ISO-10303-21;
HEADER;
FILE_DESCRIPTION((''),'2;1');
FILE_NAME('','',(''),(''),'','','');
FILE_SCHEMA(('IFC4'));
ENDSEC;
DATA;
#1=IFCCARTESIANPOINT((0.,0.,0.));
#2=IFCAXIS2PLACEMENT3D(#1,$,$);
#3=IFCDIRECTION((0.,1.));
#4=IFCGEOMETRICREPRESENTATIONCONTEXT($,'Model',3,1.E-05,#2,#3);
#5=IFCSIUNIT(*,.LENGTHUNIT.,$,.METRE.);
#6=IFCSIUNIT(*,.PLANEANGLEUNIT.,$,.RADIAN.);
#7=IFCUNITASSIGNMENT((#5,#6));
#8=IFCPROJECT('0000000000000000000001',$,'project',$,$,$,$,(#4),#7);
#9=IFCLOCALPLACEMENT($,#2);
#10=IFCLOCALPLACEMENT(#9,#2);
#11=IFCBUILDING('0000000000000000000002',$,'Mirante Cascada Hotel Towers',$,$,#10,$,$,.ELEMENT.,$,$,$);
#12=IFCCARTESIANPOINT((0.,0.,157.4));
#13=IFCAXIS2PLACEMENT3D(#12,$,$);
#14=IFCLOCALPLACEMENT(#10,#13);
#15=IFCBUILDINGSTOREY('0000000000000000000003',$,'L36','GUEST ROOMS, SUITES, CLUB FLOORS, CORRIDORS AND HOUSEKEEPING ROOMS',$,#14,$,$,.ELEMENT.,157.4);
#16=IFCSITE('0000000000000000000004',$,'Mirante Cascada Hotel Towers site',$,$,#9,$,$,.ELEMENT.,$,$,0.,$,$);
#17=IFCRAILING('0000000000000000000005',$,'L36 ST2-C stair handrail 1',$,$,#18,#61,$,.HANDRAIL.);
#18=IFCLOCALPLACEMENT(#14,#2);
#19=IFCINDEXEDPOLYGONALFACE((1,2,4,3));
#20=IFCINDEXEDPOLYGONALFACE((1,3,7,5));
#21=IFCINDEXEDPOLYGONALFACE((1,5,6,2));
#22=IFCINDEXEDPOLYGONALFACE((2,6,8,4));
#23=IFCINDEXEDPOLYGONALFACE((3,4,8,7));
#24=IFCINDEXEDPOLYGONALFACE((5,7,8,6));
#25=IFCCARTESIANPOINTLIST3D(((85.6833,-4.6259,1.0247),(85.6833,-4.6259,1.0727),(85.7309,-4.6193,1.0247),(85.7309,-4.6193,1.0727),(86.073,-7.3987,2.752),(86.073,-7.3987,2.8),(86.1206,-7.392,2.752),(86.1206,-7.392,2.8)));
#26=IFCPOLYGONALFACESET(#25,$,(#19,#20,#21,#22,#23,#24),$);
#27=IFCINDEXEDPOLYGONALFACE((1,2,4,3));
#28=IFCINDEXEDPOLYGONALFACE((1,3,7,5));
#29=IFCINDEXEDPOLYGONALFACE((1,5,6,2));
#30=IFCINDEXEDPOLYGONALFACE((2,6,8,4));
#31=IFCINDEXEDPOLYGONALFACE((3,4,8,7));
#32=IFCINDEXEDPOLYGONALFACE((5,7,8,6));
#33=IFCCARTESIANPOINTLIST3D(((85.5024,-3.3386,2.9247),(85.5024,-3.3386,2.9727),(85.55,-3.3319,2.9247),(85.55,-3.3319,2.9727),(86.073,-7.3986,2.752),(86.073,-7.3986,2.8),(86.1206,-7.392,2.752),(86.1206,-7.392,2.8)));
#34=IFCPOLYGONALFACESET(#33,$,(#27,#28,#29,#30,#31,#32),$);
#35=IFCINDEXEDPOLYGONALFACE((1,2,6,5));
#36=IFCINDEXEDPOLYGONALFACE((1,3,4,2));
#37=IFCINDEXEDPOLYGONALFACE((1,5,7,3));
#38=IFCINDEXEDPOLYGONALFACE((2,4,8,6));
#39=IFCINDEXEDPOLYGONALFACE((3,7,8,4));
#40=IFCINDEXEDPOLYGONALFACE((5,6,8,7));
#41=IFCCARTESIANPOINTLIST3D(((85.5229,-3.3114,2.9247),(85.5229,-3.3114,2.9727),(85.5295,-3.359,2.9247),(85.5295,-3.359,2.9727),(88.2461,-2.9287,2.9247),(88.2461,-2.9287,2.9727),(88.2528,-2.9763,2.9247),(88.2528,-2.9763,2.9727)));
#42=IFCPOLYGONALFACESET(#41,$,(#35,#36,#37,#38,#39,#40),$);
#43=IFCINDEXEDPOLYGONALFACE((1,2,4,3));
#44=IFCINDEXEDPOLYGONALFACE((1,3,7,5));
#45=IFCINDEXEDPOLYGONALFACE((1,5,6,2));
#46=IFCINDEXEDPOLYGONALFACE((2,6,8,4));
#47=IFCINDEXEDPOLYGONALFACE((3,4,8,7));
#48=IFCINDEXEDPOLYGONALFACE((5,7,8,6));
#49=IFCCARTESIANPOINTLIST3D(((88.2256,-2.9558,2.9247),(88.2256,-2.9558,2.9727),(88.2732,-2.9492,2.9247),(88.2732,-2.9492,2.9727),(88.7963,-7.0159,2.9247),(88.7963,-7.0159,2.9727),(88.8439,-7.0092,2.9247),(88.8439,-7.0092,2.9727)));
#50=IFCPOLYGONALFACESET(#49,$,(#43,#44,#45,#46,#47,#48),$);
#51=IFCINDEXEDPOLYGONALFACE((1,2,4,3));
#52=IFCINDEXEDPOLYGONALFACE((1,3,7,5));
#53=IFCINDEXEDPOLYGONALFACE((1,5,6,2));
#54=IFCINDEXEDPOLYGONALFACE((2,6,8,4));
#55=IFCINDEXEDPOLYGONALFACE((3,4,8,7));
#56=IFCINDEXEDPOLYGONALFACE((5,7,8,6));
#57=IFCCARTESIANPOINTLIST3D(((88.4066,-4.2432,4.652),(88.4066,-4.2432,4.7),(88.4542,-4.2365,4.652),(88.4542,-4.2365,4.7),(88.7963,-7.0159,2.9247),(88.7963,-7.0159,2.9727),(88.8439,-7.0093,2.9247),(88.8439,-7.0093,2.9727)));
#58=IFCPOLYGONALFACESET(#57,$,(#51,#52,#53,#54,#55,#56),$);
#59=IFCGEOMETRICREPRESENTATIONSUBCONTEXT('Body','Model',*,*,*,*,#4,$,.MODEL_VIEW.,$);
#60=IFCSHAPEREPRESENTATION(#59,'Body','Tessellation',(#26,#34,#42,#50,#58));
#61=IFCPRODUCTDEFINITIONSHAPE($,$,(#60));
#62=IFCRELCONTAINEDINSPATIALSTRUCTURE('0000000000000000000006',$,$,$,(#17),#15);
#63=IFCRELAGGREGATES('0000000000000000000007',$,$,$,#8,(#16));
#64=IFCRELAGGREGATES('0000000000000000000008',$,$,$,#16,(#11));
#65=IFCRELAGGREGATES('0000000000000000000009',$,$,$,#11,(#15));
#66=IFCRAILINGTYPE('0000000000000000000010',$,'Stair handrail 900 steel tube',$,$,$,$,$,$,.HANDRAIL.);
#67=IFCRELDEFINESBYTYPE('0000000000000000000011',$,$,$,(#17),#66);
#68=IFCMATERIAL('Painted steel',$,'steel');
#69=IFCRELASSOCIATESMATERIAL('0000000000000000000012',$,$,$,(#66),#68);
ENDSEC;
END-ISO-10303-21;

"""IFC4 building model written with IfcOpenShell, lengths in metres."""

from ifc_helpers import new_model, si_unit, direction, frame, origin, origin_2d, place, context, subcontext, project, spatial, rectangle, extrude, material, type_object, element, save


model = new_model("IFC4")

# Units and contexts
model_context = context("Model", 3, precision=1e-05, world=origin(), true_north=direction((0.0, 1.0)))
body_context = subcontext(model_context, "Body", "Model", "MODEL_VIEW")
ifc_project = project(units=[si_unit("LENGTHUNIT", "METRE"), si_unit("PLANEANGLEUNIT", "RADIAN")], contexts=[model_context])

# Site, building, storey
site_placement = place(None, origin())
site = spatial("IfcSite", under=ifc_project, at=site_placement, Name="Mirante Cascada Hotel Towers site", CompositionType="ELEMENT", RefElevation=0.0)
building_placement = place(site_placement, origin())
building = spatial("IfcBuilding", under=site, at=building_placement, Name="Mirante Cascada Hotel Towers", CompositionType="ELEMENT")
storey_placement = place(building_placement, frame((0.0, 0.0, 157.4)))
storey = spatial("IfcBuildingStorey", under=building, at=storey_placement, Name="L36", Description="GUEST ROOMS, SUITES, CLUB FLOORS, CORRIDORS AND HOUSEKEEPING ROOMS", CompositionType="ELEMENT", Elevation=157.4)

# Railing
ifc_material_1 = material(Name="Painted steel", Category="steel")
railing_type_1 = type_object("IfcRailingType", Name="Stair handrail 900 steel tube", PredefinedType="HANDRAIL", material=ifc_material_1)
railing_1_placement = place(storey_placement, frame((85.7071, -4.6226, 0.1727)))
element("IfcRailing", 1, at=railing_1_placement, inside=storey, type_object=railing_type_1, Name="L36 ST2-C stair handrail 1", PredefinedType="HANDRAIL", context=body_context, shape_type="SweptSolid", body=[
    extrude(rectangle(XDim=0.048, YDim=0.048, at=origin_2d()), frame((0.0, 0.0, 0.876), z_axis=(0.139181, -0.990267, 0.0), x_axis=(0.990267, 0.139181, 0.0)), (0.0, 0.525035, 0.851081), 3.2899),
    extrude(rectangle(XDim=0.048, YDim=0.048, at=origin_2d()), frame((0.3897, -2.7727, 2.6033), z_axis=(-0.139171, 0.990268, 0.0), x_axis=(-0.990268, -0.139171, 0.0)), (0.0, 0.042085, 0.999114), 4.1036),
    extrude(rectangle(XDim=0.048, YDim=0.048, at=origin_2d()), frame((-0.1809, 1.2874, 2.776), z_axis=(0.990269, 0.139166, 0.0), x_axis=(-0.139166, 0.990269, 0.0)), (0.0, 0.0, 1.0), 2.75),
    extrude(rectangle(XDim=0.048, YDim=0.048, at=origin_2d()), frame((2.5423, 1.6701, 2.776), z_axis=(0.139195, -0.990265, 0.0), x_axis=(0.990265, 0.139195, 0.0)), (0.0, 0.0, 1.0), 4.1),
    extrude(rectangle(XDim=0.048, YDim=0.048, at=origin_2d()), frame((3.113, -2.39, 2.776), z_axis=(-0.139181, 0.990267, 0.0), x_axis=(-0.990267, -0.139181, 0.0)), (0.0, 0.525035, 0.851081), 3.2899),
])

save(model, "model.ifc")
